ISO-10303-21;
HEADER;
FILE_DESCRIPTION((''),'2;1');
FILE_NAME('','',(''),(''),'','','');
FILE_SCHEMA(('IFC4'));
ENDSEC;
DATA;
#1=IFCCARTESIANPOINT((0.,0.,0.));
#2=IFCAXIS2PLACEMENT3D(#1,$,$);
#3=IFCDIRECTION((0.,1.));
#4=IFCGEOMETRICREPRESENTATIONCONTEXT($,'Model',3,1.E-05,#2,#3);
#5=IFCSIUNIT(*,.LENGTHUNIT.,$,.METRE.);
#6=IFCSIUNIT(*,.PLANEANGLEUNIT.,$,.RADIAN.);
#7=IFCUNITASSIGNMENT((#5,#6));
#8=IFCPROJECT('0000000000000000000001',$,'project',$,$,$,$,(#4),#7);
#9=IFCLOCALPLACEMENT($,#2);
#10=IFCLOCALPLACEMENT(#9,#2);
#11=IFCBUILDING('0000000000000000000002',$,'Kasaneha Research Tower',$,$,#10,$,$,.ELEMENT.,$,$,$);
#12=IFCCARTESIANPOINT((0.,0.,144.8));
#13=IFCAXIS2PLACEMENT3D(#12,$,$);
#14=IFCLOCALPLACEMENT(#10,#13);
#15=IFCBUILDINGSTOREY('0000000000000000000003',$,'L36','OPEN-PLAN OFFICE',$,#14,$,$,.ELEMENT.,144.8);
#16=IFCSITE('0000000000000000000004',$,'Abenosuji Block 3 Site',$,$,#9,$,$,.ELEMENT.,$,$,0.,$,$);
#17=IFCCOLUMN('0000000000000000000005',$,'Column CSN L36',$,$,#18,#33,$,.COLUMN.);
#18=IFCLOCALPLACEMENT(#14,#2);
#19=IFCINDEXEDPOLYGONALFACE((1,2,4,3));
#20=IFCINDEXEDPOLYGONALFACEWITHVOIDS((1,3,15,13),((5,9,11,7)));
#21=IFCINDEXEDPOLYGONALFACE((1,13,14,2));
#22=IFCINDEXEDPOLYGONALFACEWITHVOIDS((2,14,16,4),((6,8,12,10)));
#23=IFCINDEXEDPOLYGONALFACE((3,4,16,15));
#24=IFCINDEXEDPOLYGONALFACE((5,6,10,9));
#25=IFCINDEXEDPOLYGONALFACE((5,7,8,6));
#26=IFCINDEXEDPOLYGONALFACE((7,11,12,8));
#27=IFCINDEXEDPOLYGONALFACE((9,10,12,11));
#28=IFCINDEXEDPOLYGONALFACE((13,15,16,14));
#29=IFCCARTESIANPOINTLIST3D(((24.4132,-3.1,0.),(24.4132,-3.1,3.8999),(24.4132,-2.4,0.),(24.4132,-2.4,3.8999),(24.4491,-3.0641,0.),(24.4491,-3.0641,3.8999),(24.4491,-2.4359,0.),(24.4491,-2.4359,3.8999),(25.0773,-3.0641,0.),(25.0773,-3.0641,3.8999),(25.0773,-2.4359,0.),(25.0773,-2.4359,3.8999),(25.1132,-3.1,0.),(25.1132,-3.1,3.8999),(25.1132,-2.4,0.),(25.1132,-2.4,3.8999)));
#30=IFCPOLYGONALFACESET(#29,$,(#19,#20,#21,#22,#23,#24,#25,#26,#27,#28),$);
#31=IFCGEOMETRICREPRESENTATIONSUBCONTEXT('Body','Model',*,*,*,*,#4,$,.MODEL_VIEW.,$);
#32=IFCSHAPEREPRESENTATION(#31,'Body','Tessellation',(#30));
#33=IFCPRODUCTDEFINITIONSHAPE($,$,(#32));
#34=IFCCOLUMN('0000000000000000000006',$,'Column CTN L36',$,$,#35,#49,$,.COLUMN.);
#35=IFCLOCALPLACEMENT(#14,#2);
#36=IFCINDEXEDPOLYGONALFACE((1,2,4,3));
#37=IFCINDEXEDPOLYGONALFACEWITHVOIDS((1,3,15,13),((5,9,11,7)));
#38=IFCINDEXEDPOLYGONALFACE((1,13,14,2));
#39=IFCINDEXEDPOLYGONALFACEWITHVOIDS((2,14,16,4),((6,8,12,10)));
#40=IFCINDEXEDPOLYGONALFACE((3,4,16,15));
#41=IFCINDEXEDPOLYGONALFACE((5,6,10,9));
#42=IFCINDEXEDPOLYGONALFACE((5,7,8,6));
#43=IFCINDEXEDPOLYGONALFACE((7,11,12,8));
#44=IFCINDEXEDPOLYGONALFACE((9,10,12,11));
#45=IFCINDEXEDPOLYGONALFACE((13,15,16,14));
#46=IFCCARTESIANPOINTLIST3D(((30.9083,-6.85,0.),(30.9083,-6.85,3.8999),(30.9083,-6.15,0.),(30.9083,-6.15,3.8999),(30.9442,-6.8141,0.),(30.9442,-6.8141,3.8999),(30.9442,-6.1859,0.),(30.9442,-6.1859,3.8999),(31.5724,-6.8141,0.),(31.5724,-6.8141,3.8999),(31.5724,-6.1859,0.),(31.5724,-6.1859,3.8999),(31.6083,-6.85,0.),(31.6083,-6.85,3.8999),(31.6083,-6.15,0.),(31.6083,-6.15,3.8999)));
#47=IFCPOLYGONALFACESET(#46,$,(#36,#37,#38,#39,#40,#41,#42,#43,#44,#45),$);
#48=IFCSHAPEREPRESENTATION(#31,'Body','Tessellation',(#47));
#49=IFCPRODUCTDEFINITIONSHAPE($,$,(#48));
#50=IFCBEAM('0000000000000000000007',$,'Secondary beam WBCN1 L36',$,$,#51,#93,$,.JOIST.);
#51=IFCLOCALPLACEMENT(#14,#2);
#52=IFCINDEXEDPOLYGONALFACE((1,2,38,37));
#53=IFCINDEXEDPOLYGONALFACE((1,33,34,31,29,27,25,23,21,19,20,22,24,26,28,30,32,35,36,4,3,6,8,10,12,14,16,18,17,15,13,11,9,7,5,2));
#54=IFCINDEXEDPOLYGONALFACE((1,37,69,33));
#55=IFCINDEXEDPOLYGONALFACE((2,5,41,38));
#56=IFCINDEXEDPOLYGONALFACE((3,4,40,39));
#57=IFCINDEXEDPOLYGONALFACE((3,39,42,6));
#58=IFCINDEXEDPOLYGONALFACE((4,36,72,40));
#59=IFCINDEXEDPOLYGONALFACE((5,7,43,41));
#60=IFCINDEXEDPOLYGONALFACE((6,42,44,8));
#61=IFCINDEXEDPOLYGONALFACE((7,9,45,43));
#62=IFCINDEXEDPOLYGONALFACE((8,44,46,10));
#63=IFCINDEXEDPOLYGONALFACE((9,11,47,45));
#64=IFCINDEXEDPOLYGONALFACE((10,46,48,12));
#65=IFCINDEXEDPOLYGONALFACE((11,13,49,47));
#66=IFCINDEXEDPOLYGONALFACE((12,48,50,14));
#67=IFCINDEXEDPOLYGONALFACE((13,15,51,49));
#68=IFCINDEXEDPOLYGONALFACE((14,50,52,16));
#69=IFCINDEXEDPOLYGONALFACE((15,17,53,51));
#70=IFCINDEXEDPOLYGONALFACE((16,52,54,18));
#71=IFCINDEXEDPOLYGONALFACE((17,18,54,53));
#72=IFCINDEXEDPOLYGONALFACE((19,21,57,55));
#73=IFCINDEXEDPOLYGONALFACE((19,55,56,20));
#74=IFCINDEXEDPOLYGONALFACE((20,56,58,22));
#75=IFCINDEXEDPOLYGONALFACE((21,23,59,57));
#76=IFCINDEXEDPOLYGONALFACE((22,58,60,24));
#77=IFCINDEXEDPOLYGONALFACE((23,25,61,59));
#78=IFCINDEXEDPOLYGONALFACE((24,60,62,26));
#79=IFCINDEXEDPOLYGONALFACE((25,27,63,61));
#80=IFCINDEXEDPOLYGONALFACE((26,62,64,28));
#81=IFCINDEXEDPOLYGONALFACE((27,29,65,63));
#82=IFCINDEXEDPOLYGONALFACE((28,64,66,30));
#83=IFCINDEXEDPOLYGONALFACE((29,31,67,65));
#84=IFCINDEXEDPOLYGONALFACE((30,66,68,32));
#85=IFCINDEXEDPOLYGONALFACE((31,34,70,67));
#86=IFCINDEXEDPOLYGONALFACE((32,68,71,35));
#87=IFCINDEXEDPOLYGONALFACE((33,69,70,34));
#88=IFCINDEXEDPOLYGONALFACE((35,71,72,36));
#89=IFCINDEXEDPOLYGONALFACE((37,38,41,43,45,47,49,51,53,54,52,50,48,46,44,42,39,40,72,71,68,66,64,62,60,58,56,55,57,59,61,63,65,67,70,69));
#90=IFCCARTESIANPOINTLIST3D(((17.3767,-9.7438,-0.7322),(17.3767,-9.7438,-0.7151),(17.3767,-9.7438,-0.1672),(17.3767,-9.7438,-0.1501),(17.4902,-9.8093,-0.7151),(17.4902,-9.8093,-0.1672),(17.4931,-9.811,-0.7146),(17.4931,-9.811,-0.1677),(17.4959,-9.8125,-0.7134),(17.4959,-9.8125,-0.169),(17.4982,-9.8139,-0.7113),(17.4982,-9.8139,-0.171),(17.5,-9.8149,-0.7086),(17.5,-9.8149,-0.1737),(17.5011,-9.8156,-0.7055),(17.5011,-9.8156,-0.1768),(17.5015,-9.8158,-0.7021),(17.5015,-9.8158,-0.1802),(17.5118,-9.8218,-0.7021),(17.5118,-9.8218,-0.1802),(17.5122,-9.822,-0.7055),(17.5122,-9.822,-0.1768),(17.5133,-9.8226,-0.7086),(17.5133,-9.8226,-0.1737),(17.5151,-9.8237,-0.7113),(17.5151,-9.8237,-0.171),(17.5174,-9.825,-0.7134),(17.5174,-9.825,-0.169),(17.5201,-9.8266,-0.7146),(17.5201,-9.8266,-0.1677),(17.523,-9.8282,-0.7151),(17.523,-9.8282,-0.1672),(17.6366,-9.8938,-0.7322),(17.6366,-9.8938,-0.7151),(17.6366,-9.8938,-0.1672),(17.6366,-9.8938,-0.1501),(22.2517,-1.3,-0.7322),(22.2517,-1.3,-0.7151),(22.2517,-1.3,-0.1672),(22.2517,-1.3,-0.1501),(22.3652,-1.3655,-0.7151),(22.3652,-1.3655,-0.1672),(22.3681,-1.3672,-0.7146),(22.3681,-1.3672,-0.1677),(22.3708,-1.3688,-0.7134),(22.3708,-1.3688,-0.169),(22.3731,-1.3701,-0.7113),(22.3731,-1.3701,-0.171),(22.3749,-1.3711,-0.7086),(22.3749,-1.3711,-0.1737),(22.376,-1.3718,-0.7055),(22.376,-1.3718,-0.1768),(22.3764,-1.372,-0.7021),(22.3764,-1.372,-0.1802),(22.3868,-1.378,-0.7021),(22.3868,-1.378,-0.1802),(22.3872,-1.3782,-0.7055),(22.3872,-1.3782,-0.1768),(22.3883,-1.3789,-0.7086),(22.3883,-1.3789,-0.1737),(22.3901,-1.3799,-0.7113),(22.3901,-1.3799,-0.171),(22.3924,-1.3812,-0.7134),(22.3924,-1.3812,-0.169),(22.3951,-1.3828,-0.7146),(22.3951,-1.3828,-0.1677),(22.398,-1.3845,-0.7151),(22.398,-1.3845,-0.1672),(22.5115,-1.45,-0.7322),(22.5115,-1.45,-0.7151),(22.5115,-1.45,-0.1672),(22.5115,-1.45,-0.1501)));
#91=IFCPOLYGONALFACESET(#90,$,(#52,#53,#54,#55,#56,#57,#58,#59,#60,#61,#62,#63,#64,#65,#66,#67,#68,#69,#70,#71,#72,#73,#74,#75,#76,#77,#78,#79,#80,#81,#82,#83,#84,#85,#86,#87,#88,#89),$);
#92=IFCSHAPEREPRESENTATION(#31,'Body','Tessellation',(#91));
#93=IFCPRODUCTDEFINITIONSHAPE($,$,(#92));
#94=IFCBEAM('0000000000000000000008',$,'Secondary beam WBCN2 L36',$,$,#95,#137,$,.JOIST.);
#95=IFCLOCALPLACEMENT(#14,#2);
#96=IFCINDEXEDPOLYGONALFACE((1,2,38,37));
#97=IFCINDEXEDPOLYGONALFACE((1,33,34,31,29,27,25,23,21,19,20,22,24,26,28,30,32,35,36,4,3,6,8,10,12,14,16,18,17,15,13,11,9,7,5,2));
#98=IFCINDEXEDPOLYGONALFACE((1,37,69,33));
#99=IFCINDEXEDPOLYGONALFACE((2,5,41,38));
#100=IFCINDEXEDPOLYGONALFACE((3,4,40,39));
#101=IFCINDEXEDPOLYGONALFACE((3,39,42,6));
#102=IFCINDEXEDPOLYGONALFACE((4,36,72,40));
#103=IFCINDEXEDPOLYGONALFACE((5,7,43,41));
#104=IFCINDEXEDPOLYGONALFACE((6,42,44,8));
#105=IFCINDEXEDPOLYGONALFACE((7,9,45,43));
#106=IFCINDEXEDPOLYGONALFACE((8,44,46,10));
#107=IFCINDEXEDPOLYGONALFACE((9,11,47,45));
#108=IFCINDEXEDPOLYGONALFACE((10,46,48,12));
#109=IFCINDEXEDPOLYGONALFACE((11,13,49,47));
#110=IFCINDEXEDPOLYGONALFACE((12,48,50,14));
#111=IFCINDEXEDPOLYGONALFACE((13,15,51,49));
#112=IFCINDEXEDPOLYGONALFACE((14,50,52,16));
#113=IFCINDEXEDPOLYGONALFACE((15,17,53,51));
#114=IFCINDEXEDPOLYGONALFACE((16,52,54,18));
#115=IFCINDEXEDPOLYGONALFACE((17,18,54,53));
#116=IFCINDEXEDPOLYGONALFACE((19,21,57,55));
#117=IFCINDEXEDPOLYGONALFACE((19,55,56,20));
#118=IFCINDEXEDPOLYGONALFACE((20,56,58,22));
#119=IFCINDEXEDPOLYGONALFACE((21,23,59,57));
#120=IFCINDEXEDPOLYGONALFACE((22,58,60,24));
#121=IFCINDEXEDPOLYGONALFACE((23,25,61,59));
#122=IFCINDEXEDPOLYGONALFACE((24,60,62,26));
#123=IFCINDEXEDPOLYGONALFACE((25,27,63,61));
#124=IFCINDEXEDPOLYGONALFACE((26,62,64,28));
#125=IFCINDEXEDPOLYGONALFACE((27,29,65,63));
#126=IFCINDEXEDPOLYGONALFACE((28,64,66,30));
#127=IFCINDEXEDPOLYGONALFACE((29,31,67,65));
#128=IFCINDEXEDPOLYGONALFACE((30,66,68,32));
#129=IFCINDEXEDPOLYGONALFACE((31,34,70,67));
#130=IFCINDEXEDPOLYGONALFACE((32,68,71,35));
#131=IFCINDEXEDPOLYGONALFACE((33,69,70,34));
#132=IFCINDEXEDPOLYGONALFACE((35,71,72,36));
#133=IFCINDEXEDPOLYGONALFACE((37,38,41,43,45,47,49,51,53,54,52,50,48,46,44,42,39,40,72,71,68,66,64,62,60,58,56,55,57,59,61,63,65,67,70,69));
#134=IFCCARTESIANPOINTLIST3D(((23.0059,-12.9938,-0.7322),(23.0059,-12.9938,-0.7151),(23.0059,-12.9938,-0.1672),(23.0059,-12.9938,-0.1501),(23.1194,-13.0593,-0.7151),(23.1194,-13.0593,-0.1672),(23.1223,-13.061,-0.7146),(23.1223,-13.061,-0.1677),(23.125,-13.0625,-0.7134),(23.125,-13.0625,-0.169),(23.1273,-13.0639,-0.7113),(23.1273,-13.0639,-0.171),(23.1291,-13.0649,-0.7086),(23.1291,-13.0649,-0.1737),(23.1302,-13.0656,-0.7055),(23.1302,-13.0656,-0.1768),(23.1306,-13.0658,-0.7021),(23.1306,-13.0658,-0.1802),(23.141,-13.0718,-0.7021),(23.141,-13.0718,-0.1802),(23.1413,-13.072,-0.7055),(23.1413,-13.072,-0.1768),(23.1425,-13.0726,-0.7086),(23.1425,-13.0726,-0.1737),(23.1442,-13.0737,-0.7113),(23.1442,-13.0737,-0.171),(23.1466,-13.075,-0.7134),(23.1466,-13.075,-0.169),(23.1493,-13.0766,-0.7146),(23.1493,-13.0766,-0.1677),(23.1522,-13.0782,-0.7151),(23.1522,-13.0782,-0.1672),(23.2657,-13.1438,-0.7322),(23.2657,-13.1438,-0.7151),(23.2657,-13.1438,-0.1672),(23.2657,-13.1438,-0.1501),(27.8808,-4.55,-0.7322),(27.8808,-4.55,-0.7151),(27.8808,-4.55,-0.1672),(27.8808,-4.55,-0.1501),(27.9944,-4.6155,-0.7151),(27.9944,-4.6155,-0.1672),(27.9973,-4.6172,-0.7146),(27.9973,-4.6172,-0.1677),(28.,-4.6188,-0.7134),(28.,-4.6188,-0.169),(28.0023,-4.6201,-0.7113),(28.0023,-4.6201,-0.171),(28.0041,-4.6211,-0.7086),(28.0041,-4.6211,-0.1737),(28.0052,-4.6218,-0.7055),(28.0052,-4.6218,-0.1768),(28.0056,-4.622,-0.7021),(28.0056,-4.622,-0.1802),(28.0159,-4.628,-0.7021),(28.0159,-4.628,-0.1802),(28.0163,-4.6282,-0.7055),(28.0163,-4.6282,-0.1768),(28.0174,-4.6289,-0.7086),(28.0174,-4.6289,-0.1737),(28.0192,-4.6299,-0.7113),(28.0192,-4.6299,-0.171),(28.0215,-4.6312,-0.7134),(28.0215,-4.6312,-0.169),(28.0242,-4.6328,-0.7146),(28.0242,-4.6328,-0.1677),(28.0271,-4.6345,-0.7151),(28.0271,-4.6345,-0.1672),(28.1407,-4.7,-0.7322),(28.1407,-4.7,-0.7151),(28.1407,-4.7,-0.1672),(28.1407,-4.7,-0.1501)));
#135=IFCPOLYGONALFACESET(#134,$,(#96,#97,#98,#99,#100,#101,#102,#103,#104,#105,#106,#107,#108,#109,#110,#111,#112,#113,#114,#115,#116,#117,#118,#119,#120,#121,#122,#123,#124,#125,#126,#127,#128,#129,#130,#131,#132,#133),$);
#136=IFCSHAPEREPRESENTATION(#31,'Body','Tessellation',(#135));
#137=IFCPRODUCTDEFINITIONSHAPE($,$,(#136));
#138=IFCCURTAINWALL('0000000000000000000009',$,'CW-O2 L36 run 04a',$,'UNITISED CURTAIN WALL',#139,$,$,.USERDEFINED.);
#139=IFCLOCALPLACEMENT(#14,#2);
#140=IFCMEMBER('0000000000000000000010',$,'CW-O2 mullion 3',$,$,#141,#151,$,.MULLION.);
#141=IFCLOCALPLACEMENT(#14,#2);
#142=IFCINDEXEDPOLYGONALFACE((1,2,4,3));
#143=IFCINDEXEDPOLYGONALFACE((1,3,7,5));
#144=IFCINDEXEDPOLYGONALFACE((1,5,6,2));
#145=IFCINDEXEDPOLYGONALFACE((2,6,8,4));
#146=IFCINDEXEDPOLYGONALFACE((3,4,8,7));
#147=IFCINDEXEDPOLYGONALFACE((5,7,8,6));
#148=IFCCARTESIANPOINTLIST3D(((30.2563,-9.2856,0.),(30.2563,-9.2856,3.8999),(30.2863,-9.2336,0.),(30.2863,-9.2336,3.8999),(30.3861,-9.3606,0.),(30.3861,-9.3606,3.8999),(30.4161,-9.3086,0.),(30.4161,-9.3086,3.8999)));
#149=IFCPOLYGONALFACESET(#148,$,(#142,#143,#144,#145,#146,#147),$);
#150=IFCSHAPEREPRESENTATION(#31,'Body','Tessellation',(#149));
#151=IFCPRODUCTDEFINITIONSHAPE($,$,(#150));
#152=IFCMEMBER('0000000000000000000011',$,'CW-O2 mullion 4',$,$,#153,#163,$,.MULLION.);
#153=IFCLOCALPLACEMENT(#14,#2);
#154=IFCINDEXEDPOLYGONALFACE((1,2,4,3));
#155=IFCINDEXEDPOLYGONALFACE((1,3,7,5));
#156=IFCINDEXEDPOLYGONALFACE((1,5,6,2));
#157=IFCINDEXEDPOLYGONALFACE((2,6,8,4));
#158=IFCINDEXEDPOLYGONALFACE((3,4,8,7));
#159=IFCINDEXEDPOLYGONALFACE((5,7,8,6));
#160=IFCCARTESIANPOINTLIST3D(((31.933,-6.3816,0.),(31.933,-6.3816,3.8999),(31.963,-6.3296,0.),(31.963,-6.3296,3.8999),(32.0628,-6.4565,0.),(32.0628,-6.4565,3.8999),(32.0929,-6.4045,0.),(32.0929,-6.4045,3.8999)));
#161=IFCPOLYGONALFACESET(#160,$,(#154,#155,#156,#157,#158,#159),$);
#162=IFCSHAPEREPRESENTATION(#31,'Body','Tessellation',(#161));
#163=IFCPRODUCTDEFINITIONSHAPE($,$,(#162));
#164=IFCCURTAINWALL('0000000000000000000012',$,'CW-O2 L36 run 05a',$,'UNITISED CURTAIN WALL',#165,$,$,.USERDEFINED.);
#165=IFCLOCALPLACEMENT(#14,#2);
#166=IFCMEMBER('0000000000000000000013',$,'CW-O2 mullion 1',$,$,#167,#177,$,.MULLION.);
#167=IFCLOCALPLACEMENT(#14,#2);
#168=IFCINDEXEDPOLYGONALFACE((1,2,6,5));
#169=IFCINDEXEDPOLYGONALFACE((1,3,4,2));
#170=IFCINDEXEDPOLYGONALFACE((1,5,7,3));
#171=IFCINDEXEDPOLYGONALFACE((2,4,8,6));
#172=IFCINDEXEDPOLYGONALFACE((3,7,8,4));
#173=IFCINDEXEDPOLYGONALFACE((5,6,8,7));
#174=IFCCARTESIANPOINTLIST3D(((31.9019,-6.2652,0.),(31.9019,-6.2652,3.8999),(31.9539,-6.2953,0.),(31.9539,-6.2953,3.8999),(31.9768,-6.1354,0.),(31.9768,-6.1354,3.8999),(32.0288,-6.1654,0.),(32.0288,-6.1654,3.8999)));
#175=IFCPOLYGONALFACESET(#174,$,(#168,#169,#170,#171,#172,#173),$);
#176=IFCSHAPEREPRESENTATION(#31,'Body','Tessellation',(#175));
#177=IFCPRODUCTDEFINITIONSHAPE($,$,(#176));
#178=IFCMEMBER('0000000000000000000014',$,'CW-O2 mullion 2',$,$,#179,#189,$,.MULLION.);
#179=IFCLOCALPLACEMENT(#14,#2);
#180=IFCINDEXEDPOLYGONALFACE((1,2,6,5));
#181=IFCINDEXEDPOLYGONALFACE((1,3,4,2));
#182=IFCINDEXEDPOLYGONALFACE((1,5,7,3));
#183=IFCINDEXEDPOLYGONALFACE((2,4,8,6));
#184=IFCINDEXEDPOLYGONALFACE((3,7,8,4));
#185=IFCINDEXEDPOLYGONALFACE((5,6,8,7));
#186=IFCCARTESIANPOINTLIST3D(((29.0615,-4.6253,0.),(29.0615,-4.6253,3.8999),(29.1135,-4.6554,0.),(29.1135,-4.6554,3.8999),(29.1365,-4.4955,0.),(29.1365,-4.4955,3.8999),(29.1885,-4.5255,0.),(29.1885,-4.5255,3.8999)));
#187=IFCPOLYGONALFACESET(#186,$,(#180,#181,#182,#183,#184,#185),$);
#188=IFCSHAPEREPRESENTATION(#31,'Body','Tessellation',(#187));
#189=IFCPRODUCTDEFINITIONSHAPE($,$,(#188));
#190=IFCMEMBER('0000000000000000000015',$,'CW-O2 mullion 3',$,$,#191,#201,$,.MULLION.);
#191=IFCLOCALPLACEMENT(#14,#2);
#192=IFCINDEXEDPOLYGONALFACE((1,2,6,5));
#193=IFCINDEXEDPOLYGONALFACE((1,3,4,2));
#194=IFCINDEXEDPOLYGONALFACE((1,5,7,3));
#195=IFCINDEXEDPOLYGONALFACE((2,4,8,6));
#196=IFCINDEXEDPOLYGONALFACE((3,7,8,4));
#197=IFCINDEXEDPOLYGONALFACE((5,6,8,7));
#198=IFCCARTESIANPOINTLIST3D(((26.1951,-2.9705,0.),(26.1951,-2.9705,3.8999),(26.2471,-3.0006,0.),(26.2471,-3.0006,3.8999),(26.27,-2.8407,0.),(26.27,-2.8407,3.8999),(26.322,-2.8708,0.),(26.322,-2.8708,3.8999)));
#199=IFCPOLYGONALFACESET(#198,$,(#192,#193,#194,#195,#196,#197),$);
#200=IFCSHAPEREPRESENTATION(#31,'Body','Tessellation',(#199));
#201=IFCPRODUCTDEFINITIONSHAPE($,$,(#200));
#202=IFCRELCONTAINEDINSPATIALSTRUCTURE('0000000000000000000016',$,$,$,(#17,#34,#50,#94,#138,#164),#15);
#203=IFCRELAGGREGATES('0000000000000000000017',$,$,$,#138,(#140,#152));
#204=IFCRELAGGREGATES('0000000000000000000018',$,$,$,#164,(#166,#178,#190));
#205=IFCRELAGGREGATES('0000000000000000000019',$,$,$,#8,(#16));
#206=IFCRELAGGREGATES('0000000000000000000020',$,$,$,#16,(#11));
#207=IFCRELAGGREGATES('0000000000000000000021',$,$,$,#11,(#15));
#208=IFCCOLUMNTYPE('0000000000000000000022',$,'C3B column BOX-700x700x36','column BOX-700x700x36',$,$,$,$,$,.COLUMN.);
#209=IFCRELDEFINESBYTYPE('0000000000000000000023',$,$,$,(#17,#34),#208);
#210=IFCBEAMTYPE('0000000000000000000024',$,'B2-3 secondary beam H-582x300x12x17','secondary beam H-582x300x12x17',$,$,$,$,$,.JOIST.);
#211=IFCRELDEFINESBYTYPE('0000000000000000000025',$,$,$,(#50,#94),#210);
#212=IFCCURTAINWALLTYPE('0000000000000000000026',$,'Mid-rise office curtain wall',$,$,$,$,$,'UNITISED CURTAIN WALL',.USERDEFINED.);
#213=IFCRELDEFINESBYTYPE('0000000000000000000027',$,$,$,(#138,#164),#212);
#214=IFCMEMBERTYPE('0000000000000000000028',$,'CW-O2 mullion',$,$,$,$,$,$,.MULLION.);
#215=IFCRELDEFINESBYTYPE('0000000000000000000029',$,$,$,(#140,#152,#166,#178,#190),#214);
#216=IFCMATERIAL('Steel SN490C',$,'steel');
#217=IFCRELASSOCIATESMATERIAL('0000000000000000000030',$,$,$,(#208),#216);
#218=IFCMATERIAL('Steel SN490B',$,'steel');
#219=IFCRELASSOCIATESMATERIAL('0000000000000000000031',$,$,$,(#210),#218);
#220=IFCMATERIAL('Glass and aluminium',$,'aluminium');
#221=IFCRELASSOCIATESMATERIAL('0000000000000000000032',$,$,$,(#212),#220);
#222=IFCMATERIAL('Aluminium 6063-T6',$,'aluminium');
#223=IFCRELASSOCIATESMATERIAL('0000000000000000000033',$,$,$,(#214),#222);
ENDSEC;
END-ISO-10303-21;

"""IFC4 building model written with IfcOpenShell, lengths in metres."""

from ifc_helpers import new_model, si_unit, direction, frame, origin, origin_2d, place, context, subcontext, project, spatial, rectangle, hollow_rectangle, i_section, extrude, material, material_profile, profile_set, type_object, element, aggregate, save


model = new_model("IFC4")

# Units and contexts
model_context = context("Model", 3, precision=1e-05, world=origin(), true_north=direction((0.0, 1.0)))
body_context = subcontext(model_context, "Body", "Model", "MODEL_VIEW")
ifc_project = project(units=[si_unit("LENGTHUNIT", "METRE"), si_unit("PLANEANGLEUNIT", "RADIAN")], contexts=[model_context])

# Site, building, storey
site_placement = place(None, origin())
site = spatial("IfcSite", under=ifc_project, at=site_placement, Name="Abenosuji Block 3 Site", CompositionType="ELEMENT", RefElevation=0.0)
building_placement = place(site_placement, origin())
building = spatial("IfcBuilding", under=site, at=building_placement, Name="Kasaneha Research Tower", CompositionType="ELEMENT")
storey_placement = place(building_placement, frame((0.0, 0.0, 144.8)))
storey = spatial("IfcBuildingStorey", under=building, at=storey_placement, Name="L36", Description="OPEN-PLAN OFFICE", CompositionType="ELEMENT", Elevation=144.8)

# Columns
ifc_material_1 = material(Name="Steel SN490C", Category="steel")
ifc_material_profile_1 = material_profile(ifc_material_1, hollow_rectangle(XDim=0.7, YDim=0.7, WallThickness=0.0359, at=origin_2d()), Name="BOX-700x700x36")
ifc_profile_set_1 = profile_set([ifc_material_profile_1], Name="Steel SN490C")
column_type = type_object("IfcColumnType", Name="C3B column BOX-700x700x36", Description="column BOX-700x700x36", PredefinedType="COLUMN", material=ifc_profile_set_1)
for number, where, z_axis, x_axis, name in (
    (1, (24.7632, -2.75, 0.0), (0.0, 0.0, 1.0), (1.0, 0.0, 0.0), "Column CSN L36"),
    (2, (31.2583, -6.5, 0.0), (0.0, 0.0, 1.0), (1.0, 0.0, 0.0), "Column CTN L36"),
):
    element("IfcColumn", number, at=place(storey_placement, frame(where, z_axis=z_axis, x_axis=x_axis)), inside=storey, type_object=column_type, Name=name, PredefinedType="COLUMN", context=body_context, shape_type="SweptSolid", body=[
        extrude(hollow_rectangle(XDim=0.7, YDim=0.7, WallThickness=0.0359, at=origin_2d()), origin(), (0.0, 0.0, 1.0), 3.8999),
    ])

# Beams
ifc_material_2 = material(Name="Steel SN490B", Category="steel")
ifc_material_profile_2 = material_profile(ifc_material_2, i_section(OverallWidth=0.3, OverallDepth=0.582, WebThickness=0.012, FlangeThickness=0.0171, FilletRadius=0.0129, at=origin_2d()), Name="H-582x300x12x17")
ifc_profile_set_2 = profile_set([ifc_material_profile_2], Name="Steel SN490B")
beam_type_1 = type_object("IfcBeamType", Name="B2-3 secondary beam H-582x300x12x17", Description="secondary beam H-582x300x12x17", PredefinedType="JOIST", material=ifc_profile_set_2)
for number, where, z_axis, x_axis, name in (
    (3, (22.3816, -1.375, -0.4412), (-0.499996, -0.866028, 0.0), (0.866028, -0.499996, 0.0), "Secondary beam WBCN1 L36"),
    (4, (28.0107, -4.625, -0.4412), (-0.499996, -0.866028, 0.0), (0.866028, -0.499996, 0.0), "Secondary beam WBCN2 L36"),
):
    element("IfcBeam", number, at=place(storey_placement, frame(where, z_axis=z_axis, x_axis=x_axis)), inside=storey, type_object=beam_type_1, Name=name, PredefinedType="JOIST", context=body_context, shape_type="SweptSolid", body=[
        extrude(i_section(OverallWidth=0.3, OverallDepth=0.582, WebThickness=0.012, FlangeThickness=0.0171, FilletRadius=0.0129, at=origin_2d()), origin(), (0.0, 0.0, 1.0), 9.75),
    ])

# Curtain walls, members
ifc_material_3 = material(Name="Glass and aluminium", Category="aluminium")
curtain_wall_type = type_object("IfcCurtainWallType", Name="Mid-rise office curtain wall", ElementType="UNITISED CURTAIN WALL", PredefinedType="USERDEFINED", material=ifc_material_3)
curtain_wall_1_placement = place(storey_placement, origin())
curtain_wall_1 = element("IfcCurtainWall", 5, at=curtain_wall_1_placement, inside=storey, type_object=curtain_wall_type, Name="CW-O2 L36 run 04a", ObjectType="UNITISED CURTAIN WALL", PredefinedType="USERDEFINED")
ifc_material_4 = material(Name="Aluminium 6063-T6", Category="aluminium")
ifc_material_profile_3 = material_profile(ifc_material_4, rectangle(XDim=0.0601, YDim=0.1499, at=origin_2d()), Name="CW-O2 mullion 60x150")
ifc_profile_set_3 = profile_set([ifc_material_profile_3], Name="Aluminium 6063-T6")
member_type_1 = type_object("IfcMemberType", Name="CW-O2 mullion", PredefinedType="MULLION", material=ifc_profile_set_3)
member_1_placement = place(storey_placement, frame((30.3362, -9.2971, 0.0), z_axis=(0.0, 0.0, 1.0), x_axis=(0.5, 0.866025, 0.0)))
member_1 = element("IfcMember", 6, at=member_1_placement, type_object=member_type_1, Name="CW-O2 mullion 3", PredefinedType="MULLION", context=body_context, shape_type="SweptSolid", body=[
    extrude(rectangle(XDim=0.0601, YDim=0.1499, at=origin_2d()), origin(), (0.0, 0.0, 1.0), 3.8999),
])
member_2_placement = place(storey_placement, frame((32.0129, -6.3931, 0.0), z_axis=(0.0, 0.0, 1.0), x_axis=(0.5, 0.866025, 0.0)))
member_2 = element("IfcMember", 7, at=member_2_placement, type_object=member_type_1, Name="CW-O2 mullion 4", PredefinedType="MULLION", context=body_context, shape_type="SweptSolid", body=[
    extrude(rectangle(XDim=0.0601, YDim=0.1499, at=origin_2d()), origin(), (0.0, 0.0, 1.0), 3.8999),
])
curtain_wall_2_placement = place(storey_placement, origin())
curtain_wall_2 = element("IfcCurtainWall", 8, at=curtain_wall_2_placement, inside=storey, type_object=curtain_wall_type, Name="CW-O2 L36 run 05a", ObjectType="UNITISED CURTAIN WALL", PredefinedType="USERDEFINED")
member_3_placement = place(storey_placement, frame((31.9653, -6.2153, 0.0), z_axis=(0.0, 0.0, 1.0), x_axis=(-0.866025, 0.5, 0.0)))
member_3 = element("IfcMember", 9, at=member_3_placement, type_object=member_type_1, Name="CW-O2 mullion 1", PredefinedType="MULLION", context=body_context, shape_type="SweptSolid", body=[
    extrude(rectangle(XDim=0.0601, YDim=0.1499, at=origin_2d()), origin(), (0.0, 0.0, 1.0), 3.8999),
])
member_4_placement = place(storey_placement, frame((29.125, -4.5754, 0.0), z_axis=(0.0, 0.0, 1.0), x_axis=(-0.866025, 0.5, 0.0)))
member_4 = element("IfcMember", 10, at=member_4_placement, type_object=member_type_1, Name="CW-O2 mullion 2", PredefinedType="MULLION", context=body_context, shape_type="SweptSolid", body=[
    extrude(rectangle(XDim=0.0601, YDim=0.1499, at=origin_2d()), origin(), (0.0, 0.0, 1.0), 3.8999),
])
member_5_placement = place(storey_placement, frame((26.2585, -2.9207, 0.0), z_axis=(0.0, 0.0, 1.0), x_axis=(-0.866025, 0.5, 0.0)))
member_5 = element("IfcMember", 11, at=member_5_placement, type_object=member_type_1, Name="CW-O2 mullion 3", PredefinedType="MULLION", context=body_context, shape_type="SweptSolid", body=[
    extrude(rectangle(XDim=0.0601, YDim=0.1499, at=origin_2d()), origin(), (0.0, 0.0, 1.0), 3.8999),
])

aggregate(curtain_wall_1, [member_1, member_2])
aggregate(curtain_wall_2, [member_3, member_4, member_5])

save(model, "model.ifc")
